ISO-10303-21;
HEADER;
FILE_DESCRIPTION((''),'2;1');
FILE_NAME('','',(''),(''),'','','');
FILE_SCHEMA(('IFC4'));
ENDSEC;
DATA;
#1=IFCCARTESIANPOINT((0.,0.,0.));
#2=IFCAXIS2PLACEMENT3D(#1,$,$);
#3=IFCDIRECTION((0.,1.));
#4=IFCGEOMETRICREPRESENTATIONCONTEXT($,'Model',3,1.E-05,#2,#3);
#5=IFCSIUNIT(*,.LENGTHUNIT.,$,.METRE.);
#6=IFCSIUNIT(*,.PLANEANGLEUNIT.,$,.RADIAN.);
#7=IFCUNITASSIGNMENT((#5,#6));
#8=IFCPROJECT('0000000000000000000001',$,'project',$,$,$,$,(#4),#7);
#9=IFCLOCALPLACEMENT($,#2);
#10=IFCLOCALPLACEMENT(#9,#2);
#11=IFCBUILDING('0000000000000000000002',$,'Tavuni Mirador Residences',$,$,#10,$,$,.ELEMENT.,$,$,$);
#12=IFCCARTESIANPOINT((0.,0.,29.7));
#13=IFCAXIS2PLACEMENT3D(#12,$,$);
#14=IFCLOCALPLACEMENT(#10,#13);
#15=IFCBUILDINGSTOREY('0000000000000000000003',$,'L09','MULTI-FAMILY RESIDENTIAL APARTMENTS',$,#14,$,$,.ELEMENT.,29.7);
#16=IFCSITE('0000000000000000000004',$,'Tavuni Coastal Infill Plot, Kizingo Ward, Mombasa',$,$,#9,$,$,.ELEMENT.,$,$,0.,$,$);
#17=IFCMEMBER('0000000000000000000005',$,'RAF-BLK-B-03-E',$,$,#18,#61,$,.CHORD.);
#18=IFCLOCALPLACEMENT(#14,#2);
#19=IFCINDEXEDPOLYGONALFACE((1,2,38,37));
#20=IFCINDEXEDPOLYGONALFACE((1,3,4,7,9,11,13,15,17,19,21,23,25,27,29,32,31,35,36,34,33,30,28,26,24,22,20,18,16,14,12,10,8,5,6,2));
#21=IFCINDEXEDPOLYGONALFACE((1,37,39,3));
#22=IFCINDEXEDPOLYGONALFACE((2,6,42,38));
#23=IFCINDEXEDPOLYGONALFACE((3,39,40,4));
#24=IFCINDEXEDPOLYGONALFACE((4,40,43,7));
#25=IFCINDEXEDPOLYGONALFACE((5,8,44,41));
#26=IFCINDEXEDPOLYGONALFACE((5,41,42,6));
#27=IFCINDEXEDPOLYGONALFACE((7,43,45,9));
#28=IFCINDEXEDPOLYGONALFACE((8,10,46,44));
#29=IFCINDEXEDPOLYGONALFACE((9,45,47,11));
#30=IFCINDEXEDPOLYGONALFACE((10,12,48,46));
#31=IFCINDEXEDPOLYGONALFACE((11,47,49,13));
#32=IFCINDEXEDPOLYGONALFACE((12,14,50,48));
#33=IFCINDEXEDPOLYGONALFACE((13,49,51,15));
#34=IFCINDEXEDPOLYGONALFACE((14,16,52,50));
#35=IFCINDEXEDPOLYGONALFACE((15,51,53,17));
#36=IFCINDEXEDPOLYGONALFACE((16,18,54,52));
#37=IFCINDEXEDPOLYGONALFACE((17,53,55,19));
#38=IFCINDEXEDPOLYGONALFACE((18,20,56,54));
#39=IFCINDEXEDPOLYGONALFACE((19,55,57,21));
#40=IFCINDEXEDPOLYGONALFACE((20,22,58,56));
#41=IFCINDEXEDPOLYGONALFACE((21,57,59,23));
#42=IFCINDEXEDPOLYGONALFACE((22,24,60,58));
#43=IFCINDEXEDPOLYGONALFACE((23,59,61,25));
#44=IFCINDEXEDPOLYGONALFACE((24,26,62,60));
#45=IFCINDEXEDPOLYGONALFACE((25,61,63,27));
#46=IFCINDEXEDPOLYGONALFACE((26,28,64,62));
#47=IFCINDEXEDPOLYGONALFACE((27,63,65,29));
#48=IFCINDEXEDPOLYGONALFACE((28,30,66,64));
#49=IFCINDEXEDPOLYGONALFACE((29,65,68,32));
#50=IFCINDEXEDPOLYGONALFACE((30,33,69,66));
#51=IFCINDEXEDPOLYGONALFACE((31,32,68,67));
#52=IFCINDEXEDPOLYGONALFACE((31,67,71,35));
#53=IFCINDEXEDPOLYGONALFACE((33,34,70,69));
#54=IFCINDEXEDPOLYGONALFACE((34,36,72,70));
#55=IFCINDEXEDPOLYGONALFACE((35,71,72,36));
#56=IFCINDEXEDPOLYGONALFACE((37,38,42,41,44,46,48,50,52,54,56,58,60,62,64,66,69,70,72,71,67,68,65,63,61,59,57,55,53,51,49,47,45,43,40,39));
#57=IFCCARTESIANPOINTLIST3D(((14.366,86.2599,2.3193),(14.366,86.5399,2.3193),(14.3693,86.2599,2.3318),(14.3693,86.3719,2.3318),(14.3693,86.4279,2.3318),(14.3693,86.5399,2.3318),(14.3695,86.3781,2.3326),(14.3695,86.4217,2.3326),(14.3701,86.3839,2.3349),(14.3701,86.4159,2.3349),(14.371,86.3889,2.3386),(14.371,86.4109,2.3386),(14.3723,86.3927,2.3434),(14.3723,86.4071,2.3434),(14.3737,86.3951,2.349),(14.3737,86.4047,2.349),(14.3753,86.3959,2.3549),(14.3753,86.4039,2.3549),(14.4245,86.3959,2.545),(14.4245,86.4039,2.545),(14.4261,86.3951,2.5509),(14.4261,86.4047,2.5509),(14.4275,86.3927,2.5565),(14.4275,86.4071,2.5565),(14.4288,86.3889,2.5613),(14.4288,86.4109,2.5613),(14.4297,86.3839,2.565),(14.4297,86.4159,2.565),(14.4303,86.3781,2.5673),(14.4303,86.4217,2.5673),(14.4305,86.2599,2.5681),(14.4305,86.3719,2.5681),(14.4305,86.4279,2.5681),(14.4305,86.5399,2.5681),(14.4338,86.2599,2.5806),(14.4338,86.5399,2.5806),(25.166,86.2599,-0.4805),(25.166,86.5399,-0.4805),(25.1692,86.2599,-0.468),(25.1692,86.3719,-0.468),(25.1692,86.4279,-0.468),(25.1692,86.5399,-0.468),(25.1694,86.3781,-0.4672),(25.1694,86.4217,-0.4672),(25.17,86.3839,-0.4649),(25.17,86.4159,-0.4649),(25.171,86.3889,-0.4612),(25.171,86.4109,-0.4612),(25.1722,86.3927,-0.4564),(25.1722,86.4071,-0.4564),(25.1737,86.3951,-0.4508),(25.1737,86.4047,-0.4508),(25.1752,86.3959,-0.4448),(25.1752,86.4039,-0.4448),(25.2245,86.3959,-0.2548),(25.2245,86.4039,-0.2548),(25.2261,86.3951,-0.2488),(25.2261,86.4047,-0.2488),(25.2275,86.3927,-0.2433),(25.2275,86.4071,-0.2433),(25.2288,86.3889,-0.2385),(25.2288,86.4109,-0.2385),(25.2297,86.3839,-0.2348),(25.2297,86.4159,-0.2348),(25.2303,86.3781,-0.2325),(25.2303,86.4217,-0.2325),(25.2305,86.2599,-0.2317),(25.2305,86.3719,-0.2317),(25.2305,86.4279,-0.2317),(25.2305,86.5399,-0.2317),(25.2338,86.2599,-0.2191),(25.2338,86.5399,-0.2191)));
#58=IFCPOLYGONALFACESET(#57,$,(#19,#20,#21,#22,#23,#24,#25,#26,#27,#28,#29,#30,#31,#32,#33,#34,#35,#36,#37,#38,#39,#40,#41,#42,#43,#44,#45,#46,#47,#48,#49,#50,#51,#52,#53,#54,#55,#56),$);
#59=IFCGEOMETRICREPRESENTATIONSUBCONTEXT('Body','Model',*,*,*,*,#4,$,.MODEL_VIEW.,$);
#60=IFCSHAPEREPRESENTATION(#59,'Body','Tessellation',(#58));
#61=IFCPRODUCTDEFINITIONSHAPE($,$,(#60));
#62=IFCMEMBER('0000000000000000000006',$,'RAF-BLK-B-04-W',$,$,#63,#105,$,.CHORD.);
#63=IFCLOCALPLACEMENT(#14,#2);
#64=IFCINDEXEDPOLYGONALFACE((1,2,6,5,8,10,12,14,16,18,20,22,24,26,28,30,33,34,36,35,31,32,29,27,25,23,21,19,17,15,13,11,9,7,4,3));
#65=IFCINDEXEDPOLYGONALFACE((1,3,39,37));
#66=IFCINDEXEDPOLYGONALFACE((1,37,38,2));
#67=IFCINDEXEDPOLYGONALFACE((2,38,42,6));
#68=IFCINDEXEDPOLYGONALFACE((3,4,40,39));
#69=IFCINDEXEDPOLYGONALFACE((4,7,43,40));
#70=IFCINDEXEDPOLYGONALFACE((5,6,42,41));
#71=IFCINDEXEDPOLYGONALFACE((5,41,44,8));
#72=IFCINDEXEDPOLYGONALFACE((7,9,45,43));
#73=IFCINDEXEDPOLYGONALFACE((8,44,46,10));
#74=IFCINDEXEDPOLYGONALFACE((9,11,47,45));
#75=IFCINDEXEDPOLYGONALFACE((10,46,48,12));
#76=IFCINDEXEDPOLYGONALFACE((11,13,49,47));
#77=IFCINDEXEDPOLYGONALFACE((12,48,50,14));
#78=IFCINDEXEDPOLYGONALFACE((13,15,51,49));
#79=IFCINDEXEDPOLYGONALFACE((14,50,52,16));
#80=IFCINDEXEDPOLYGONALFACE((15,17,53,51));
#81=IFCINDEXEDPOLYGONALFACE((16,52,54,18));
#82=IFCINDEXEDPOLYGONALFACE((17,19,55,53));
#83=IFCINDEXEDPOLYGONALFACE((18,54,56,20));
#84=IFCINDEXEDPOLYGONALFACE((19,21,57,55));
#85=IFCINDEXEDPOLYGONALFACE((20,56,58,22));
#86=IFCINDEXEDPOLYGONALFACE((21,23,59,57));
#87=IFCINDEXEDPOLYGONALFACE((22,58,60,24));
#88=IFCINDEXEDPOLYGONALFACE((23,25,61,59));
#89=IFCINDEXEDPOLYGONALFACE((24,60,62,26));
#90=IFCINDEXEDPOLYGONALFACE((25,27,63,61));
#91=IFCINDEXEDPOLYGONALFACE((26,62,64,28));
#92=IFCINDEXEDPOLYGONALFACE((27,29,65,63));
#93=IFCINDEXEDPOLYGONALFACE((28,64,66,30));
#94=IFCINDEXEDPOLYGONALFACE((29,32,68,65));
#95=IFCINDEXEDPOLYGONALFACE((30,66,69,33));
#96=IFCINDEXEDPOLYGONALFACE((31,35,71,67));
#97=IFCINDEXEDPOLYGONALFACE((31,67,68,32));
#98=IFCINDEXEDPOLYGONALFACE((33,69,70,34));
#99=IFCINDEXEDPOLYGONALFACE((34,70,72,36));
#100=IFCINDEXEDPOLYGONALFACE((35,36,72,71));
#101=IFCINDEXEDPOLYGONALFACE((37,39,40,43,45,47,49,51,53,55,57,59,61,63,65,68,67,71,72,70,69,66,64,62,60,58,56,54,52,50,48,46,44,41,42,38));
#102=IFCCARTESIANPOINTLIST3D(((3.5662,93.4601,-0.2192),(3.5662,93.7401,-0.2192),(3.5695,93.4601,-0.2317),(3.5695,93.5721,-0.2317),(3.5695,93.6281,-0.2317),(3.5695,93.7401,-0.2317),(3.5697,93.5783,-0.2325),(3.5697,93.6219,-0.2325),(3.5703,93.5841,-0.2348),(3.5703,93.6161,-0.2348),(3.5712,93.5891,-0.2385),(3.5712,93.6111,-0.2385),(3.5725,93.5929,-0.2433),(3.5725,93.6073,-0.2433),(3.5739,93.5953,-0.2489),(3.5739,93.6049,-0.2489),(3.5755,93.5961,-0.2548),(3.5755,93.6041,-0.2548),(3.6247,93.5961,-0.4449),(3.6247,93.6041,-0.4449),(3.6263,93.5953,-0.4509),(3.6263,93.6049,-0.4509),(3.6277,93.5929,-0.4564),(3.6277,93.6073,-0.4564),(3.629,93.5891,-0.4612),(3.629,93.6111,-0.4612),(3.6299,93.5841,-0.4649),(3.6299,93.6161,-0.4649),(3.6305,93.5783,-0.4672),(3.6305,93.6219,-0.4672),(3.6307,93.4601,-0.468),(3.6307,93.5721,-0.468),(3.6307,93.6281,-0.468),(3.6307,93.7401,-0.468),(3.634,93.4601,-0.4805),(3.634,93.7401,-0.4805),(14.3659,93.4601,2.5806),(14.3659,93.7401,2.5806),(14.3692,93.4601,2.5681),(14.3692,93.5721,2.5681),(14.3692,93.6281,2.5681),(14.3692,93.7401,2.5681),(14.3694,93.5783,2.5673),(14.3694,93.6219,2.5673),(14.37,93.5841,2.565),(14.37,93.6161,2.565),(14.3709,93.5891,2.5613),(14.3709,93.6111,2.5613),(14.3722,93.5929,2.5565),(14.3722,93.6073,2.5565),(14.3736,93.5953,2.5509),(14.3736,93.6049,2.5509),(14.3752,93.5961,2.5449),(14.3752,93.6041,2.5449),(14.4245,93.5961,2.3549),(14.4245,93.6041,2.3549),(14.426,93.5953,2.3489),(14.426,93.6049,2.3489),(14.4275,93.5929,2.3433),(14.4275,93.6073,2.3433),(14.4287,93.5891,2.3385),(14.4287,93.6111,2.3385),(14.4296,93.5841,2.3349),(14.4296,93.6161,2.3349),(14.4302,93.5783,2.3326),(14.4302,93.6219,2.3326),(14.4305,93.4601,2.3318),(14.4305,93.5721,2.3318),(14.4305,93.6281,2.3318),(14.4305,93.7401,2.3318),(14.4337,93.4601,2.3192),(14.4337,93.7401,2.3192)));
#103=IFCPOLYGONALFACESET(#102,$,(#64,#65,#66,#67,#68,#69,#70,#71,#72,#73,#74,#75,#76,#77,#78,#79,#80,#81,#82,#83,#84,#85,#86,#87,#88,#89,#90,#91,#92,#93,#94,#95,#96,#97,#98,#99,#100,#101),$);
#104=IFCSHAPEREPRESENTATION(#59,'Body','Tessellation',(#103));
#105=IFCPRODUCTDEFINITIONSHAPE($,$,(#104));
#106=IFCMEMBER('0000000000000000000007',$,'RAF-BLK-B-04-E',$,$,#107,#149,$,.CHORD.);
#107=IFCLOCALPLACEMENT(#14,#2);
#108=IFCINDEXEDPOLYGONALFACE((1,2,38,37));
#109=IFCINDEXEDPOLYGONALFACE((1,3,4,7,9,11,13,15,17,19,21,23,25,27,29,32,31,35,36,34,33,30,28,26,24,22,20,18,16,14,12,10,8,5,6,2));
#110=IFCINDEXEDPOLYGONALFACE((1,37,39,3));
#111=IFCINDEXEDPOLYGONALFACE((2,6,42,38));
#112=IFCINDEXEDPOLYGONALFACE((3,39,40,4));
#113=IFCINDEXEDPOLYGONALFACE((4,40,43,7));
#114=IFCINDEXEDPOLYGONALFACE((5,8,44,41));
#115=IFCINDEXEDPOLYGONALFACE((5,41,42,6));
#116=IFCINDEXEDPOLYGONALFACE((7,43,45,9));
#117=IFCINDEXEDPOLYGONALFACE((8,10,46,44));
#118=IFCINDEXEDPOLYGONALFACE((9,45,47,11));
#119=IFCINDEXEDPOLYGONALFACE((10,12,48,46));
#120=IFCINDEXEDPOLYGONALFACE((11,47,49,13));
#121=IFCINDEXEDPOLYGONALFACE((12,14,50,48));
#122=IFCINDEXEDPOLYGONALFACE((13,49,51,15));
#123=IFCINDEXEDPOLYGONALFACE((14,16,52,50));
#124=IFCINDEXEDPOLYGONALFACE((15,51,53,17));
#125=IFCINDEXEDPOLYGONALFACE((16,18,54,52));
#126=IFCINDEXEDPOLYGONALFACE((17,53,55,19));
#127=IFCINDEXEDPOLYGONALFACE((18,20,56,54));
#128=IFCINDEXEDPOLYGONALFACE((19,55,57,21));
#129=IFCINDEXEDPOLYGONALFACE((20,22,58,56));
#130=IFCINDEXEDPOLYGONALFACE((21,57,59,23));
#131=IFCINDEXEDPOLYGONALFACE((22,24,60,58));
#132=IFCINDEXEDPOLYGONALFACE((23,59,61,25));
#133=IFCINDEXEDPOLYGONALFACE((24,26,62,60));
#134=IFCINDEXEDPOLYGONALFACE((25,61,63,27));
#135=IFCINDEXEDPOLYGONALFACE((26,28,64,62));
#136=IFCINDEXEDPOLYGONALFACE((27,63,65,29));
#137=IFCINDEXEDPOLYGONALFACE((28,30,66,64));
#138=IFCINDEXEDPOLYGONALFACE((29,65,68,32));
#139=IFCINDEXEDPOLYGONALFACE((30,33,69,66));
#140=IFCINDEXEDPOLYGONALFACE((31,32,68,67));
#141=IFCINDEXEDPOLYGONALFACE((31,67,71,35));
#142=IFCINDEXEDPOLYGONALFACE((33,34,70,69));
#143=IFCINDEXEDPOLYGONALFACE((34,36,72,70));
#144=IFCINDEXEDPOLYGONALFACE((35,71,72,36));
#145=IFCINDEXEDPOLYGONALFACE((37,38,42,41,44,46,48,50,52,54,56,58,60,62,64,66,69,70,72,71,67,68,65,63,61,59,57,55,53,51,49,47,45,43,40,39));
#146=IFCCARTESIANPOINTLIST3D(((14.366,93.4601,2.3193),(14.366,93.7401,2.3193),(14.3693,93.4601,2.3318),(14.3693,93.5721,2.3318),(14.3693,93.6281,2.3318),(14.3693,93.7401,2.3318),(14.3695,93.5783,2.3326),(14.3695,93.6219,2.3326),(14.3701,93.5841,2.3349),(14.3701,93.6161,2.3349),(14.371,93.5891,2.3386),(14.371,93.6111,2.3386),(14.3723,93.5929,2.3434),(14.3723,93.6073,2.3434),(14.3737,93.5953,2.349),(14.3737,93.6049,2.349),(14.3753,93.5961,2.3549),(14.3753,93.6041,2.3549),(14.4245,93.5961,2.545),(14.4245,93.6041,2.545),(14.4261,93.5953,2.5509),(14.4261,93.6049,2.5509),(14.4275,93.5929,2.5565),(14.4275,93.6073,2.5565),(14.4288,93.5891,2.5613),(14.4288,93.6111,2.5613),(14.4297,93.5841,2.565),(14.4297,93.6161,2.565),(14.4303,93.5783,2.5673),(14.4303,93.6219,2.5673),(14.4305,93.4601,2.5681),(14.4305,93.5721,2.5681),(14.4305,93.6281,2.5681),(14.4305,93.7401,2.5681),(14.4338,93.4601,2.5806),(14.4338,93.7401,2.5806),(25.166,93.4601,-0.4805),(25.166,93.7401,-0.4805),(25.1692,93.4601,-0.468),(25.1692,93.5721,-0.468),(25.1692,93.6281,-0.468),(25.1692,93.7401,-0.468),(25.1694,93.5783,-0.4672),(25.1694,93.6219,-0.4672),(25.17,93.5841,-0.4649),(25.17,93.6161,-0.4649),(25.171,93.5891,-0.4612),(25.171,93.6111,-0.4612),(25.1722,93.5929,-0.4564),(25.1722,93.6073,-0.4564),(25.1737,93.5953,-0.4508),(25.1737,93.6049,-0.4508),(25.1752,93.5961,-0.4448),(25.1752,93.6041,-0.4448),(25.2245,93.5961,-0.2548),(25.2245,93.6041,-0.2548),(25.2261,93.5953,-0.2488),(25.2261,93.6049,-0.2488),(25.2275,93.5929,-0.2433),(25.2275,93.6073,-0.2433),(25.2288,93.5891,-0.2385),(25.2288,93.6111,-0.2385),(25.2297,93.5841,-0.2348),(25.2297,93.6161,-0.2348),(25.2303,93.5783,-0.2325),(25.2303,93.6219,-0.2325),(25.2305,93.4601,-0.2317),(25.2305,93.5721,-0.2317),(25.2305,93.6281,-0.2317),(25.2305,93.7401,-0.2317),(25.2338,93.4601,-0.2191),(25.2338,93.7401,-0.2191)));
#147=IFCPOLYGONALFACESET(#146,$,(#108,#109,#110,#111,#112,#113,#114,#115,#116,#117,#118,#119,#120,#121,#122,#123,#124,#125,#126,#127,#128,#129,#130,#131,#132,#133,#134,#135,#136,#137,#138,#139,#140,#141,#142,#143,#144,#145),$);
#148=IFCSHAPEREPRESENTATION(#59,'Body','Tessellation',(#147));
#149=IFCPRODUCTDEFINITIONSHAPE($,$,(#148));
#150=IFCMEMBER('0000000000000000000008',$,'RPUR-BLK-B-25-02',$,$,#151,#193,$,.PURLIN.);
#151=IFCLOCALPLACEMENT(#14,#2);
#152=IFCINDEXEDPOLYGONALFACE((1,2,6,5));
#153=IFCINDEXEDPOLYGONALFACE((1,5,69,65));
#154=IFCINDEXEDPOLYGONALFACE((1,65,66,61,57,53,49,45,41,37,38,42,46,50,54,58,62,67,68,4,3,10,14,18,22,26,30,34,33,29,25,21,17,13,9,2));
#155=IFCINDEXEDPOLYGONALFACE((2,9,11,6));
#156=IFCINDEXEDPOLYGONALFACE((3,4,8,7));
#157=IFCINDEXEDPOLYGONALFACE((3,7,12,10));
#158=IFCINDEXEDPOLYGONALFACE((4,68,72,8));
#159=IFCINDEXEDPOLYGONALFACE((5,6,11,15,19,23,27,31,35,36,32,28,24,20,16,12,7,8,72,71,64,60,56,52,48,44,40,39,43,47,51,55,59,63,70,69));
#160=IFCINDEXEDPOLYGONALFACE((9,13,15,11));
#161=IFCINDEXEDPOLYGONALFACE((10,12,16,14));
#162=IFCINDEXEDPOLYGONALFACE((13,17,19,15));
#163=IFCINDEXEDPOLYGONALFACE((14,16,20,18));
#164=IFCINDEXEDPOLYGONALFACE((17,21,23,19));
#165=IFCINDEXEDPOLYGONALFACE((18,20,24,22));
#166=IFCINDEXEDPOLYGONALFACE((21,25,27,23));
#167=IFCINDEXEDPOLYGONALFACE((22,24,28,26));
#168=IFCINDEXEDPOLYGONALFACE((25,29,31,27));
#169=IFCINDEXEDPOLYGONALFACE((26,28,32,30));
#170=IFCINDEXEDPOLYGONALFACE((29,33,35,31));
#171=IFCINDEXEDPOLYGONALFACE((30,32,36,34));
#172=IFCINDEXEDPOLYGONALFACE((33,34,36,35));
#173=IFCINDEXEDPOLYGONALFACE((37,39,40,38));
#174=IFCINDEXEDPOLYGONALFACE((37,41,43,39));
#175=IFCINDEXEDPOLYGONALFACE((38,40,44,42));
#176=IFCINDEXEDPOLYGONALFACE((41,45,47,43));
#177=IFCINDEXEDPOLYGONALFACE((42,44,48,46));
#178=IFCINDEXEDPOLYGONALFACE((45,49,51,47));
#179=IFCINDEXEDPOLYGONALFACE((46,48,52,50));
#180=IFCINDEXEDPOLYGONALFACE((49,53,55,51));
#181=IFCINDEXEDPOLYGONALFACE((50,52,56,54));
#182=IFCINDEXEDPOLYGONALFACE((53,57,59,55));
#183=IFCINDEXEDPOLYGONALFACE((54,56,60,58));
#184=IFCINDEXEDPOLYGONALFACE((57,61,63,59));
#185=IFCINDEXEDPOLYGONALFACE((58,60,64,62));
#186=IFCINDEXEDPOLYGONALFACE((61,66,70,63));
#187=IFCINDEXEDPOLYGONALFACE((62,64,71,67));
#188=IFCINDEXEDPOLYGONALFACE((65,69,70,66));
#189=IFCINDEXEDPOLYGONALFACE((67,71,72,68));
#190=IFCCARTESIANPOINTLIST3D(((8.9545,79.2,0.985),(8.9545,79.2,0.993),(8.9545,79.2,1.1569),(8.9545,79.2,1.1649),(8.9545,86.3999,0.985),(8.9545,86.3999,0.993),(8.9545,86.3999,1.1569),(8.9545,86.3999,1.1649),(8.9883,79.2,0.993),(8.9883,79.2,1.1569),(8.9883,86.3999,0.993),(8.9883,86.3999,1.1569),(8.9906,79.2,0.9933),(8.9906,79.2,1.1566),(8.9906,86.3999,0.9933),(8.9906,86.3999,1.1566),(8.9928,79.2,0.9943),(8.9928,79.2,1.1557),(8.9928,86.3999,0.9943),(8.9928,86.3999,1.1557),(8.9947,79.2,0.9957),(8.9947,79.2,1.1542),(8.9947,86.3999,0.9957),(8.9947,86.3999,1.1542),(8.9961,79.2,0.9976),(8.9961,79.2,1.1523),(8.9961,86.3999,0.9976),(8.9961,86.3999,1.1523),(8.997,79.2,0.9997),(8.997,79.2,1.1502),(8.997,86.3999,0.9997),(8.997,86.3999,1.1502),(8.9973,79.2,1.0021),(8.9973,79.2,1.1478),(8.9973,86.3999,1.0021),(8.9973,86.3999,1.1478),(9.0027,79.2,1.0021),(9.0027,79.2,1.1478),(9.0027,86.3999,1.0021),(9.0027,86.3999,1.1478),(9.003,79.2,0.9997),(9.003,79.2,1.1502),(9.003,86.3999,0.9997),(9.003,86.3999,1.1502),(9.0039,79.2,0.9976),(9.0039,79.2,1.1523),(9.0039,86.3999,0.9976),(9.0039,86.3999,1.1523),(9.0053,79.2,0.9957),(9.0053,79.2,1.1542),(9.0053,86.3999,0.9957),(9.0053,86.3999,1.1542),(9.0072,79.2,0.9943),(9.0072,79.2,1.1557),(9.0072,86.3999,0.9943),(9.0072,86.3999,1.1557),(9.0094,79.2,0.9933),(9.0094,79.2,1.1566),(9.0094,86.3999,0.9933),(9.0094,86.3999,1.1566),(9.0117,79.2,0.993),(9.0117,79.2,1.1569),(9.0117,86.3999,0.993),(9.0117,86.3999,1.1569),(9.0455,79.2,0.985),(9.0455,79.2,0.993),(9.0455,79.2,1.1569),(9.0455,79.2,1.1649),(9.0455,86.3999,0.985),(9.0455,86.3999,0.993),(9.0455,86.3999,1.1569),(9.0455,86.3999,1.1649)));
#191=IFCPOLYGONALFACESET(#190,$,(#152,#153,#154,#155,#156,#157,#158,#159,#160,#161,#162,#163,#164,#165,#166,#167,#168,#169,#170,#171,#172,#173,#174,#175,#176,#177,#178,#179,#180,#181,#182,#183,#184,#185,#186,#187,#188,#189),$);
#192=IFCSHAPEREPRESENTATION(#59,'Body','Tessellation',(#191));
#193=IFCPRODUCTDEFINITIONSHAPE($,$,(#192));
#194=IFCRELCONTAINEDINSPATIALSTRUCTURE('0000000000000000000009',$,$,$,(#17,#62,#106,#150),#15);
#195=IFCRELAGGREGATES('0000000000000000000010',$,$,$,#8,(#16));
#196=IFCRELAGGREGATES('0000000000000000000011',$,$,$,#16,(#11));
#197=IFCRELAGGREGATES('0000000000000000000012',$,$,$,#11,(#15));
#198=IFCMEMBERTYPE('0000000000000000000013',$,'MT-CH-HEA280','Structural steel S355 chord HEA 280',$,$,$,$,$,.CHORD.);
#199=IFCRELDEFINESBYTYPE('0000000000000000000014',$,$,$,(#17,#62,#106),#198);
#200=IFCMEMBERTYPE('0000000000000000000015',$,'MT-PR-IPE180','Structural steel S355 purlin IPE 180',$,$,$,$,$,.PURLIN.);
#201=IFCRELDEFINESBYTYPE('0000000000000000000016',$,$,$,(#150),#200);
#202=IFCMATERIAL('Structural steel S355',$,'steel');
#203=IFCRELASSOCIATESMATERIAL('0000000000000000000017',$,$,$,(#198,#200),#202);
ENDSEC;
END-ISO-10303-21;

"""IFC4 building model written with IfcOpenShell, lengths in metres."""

from ifc_helpers import new_model, si_unit, direction, frame, origin, origin_2d, place, context, subcontext, project, spatial, i_section, extrude, material, material_profile, profile_set, type_object, element, save


model = new_model("IFC4")

# Units and contexts
model_context = context("Model", 3, precision=1e-05, world=origin(), true_north=direction((0.0, 1.0)))
body_context = subcontext(model_context, "Body", "Model", "MODEL_VIEW")
ifc_project = project(units=[si_unit("LENGTHUNIT", "METRE"), si_unit("PLANEANGLEUNIT", "RADIAN")], contexts=[model_context])

# Site, building, storey
site_placement = place(None, origin())
site = spatial("IfcSite", under=ifc_project, at=site_placement, Name="Tavuni Coastal Infill Plot, Kizingo Ward, Mombasa", CompositionType="ELEMENT", RefElevation=0.0)
building_placement = place(site_placement, origin())
building = spatial("IfcBuilding", under=site, at=building_placement, Name="Tavuni Mirador Residences", CompositionType="ELEMENT")
storey_placement = place(building_placement, frame((0.0, 0.0, 29.7)))
storey = spatial("IfcBuildingStorey", under=building, at=storey_placement, Name="L09", Description="MULTI-FAMILY RESIDENTIAL APARTMENTS", CompositionType="ELEMENT", Elevation=29.7)

# Members
ifc_material_1 = material(Name="Structural steel S355", Category="steel")
ifc_material_profile_1 = material_profile(ifc_material_1, i_section(OverallWidth=0.28, OverallDepth=0.27, WebThickness=0.0081, FlangeThickness=0.0129, FilletRadius=0.0239, at=origin_2d()), Name="HEA 280", Category="steel")
ifc_profile_set_1 = profile_set([ifc_material_profile_1], Name="Structural steel S355")
member_type_1 = type_object("IfcMemberType", Name="MT-CH-HEA280", Description="Structural steel S355 chord HEA 280", PredefinedType="CHORD", material=ifc_profile_set_1)
member_1_placement = place(storey_placement, frame((14.3999, 86.3999, 2.45), z_axis=(0.968001, 0.0, -0.250945), x_axis=(0.0, 1.0, 0.0)))
element("IfcMember", 1, at=member_1_placement, inside=storey, type_object=member_type_1, Name="RAF-BLK-B-03-E", PredefinedType="CHORD", context=body_context, shape_type="SweptSolid", body=[
    extrude(i_section(OverallWidth=0.28, OverallDepth=0.27, WebThickness=0.0081, FlangeThickness=0.0129, FilletRadius=0.0239, at=origin_2d()), origin(), (0.0, 0.0, 1.0), 11.157),
])
member_2_placement = place(storey_placement, frame((3.6001, 93.6001, -0.3499), z_axis=(0.968, 0.0, 0.25095), x_axis=(0.0, 1.0, 0.0)))
element("IfcMember", 2, at=member_2_placement, inside=storey, type_object=member_type_1, Name="RAF-BLK-B-04-W", PredefinedType="CHORD", context=body_context, shape_type="SweptSolid", body=[
    extrude(i_section(OverallWidth=0.28, OverallDepth=0.27, WebThickness=0.0081, FlangeThickness=0.0129, FilletRadius=0.0239, at=origin_2d()), origin(), (0.0, 0.0, 1.0), 11.1567),
])
member_3_placement = place(storey_placement, frame((14.3999, 93.6001, 2.45), z_axis=(0.968001, 0.0, -0.250945), x_axis=(0.0, 1.0, 0.0)))
element("IfcMember", 3, at=member_3_placement, inside=storey, type_object=member_type_1, Name="RAF-BLK-B-04-E", PredefinedType="CHORD", context=body_context, shape_type="SweptSolid", body=[
    extrude(i_section(OverallWidth=0.28, OverallDepth=0.27, WebThickness=0.0081, FlangeThickness=0.0129, FilletRadius=0.0239, at=origin_2d()), origin(), (0.0, 0.0, 1.0), 11.157),
])
ifc_material_profile_2 = material_profile(ifc_material_1, i_section(OverallWidth=0.0911, OverallDepth=0.1799, WebThickness=0.0054, FlangeThickness=0.0081, FilletRadius=0.009, at=origin_2d()), Name="IPE 180", Category="steel")
ifc_profile_set_2 = profile_set([ifc_material_profile_2], Name="Structural steel S355")
member_type_2 = type_object("IfcMemberType", Name="MT-PR-IPE180", Description="Structural steel S355 purlin IPE 180", PredefinedType="PURLIN", material=ifc_profile_set_2)
member_4_placement = place(storey_placement, frame((9.0, 79.2, 1.075), z_axis=(0.0, 1.0, 0.0), x_axis=(-1.0, 0.0, 0.0)))
element("IfcMember", 4, at=member_4_placement, inside=storey, type_object=member_type_2, Name="RPUR-BLK-B-25-02", PredefinedType="PURLIN", context=body_context, shape_type="SweptSolid", body=[
    extrude(i_section(OverallWidth=0.0911, OverallDepth=0.1799, WebThickness=0.0054, FlangeThickness=0.0081, FilletRadius=0.009, at=origin_2d()), origin(), (0.0, 0.0, 1.0), 7.2),
])

save(model, "model.ifc")
